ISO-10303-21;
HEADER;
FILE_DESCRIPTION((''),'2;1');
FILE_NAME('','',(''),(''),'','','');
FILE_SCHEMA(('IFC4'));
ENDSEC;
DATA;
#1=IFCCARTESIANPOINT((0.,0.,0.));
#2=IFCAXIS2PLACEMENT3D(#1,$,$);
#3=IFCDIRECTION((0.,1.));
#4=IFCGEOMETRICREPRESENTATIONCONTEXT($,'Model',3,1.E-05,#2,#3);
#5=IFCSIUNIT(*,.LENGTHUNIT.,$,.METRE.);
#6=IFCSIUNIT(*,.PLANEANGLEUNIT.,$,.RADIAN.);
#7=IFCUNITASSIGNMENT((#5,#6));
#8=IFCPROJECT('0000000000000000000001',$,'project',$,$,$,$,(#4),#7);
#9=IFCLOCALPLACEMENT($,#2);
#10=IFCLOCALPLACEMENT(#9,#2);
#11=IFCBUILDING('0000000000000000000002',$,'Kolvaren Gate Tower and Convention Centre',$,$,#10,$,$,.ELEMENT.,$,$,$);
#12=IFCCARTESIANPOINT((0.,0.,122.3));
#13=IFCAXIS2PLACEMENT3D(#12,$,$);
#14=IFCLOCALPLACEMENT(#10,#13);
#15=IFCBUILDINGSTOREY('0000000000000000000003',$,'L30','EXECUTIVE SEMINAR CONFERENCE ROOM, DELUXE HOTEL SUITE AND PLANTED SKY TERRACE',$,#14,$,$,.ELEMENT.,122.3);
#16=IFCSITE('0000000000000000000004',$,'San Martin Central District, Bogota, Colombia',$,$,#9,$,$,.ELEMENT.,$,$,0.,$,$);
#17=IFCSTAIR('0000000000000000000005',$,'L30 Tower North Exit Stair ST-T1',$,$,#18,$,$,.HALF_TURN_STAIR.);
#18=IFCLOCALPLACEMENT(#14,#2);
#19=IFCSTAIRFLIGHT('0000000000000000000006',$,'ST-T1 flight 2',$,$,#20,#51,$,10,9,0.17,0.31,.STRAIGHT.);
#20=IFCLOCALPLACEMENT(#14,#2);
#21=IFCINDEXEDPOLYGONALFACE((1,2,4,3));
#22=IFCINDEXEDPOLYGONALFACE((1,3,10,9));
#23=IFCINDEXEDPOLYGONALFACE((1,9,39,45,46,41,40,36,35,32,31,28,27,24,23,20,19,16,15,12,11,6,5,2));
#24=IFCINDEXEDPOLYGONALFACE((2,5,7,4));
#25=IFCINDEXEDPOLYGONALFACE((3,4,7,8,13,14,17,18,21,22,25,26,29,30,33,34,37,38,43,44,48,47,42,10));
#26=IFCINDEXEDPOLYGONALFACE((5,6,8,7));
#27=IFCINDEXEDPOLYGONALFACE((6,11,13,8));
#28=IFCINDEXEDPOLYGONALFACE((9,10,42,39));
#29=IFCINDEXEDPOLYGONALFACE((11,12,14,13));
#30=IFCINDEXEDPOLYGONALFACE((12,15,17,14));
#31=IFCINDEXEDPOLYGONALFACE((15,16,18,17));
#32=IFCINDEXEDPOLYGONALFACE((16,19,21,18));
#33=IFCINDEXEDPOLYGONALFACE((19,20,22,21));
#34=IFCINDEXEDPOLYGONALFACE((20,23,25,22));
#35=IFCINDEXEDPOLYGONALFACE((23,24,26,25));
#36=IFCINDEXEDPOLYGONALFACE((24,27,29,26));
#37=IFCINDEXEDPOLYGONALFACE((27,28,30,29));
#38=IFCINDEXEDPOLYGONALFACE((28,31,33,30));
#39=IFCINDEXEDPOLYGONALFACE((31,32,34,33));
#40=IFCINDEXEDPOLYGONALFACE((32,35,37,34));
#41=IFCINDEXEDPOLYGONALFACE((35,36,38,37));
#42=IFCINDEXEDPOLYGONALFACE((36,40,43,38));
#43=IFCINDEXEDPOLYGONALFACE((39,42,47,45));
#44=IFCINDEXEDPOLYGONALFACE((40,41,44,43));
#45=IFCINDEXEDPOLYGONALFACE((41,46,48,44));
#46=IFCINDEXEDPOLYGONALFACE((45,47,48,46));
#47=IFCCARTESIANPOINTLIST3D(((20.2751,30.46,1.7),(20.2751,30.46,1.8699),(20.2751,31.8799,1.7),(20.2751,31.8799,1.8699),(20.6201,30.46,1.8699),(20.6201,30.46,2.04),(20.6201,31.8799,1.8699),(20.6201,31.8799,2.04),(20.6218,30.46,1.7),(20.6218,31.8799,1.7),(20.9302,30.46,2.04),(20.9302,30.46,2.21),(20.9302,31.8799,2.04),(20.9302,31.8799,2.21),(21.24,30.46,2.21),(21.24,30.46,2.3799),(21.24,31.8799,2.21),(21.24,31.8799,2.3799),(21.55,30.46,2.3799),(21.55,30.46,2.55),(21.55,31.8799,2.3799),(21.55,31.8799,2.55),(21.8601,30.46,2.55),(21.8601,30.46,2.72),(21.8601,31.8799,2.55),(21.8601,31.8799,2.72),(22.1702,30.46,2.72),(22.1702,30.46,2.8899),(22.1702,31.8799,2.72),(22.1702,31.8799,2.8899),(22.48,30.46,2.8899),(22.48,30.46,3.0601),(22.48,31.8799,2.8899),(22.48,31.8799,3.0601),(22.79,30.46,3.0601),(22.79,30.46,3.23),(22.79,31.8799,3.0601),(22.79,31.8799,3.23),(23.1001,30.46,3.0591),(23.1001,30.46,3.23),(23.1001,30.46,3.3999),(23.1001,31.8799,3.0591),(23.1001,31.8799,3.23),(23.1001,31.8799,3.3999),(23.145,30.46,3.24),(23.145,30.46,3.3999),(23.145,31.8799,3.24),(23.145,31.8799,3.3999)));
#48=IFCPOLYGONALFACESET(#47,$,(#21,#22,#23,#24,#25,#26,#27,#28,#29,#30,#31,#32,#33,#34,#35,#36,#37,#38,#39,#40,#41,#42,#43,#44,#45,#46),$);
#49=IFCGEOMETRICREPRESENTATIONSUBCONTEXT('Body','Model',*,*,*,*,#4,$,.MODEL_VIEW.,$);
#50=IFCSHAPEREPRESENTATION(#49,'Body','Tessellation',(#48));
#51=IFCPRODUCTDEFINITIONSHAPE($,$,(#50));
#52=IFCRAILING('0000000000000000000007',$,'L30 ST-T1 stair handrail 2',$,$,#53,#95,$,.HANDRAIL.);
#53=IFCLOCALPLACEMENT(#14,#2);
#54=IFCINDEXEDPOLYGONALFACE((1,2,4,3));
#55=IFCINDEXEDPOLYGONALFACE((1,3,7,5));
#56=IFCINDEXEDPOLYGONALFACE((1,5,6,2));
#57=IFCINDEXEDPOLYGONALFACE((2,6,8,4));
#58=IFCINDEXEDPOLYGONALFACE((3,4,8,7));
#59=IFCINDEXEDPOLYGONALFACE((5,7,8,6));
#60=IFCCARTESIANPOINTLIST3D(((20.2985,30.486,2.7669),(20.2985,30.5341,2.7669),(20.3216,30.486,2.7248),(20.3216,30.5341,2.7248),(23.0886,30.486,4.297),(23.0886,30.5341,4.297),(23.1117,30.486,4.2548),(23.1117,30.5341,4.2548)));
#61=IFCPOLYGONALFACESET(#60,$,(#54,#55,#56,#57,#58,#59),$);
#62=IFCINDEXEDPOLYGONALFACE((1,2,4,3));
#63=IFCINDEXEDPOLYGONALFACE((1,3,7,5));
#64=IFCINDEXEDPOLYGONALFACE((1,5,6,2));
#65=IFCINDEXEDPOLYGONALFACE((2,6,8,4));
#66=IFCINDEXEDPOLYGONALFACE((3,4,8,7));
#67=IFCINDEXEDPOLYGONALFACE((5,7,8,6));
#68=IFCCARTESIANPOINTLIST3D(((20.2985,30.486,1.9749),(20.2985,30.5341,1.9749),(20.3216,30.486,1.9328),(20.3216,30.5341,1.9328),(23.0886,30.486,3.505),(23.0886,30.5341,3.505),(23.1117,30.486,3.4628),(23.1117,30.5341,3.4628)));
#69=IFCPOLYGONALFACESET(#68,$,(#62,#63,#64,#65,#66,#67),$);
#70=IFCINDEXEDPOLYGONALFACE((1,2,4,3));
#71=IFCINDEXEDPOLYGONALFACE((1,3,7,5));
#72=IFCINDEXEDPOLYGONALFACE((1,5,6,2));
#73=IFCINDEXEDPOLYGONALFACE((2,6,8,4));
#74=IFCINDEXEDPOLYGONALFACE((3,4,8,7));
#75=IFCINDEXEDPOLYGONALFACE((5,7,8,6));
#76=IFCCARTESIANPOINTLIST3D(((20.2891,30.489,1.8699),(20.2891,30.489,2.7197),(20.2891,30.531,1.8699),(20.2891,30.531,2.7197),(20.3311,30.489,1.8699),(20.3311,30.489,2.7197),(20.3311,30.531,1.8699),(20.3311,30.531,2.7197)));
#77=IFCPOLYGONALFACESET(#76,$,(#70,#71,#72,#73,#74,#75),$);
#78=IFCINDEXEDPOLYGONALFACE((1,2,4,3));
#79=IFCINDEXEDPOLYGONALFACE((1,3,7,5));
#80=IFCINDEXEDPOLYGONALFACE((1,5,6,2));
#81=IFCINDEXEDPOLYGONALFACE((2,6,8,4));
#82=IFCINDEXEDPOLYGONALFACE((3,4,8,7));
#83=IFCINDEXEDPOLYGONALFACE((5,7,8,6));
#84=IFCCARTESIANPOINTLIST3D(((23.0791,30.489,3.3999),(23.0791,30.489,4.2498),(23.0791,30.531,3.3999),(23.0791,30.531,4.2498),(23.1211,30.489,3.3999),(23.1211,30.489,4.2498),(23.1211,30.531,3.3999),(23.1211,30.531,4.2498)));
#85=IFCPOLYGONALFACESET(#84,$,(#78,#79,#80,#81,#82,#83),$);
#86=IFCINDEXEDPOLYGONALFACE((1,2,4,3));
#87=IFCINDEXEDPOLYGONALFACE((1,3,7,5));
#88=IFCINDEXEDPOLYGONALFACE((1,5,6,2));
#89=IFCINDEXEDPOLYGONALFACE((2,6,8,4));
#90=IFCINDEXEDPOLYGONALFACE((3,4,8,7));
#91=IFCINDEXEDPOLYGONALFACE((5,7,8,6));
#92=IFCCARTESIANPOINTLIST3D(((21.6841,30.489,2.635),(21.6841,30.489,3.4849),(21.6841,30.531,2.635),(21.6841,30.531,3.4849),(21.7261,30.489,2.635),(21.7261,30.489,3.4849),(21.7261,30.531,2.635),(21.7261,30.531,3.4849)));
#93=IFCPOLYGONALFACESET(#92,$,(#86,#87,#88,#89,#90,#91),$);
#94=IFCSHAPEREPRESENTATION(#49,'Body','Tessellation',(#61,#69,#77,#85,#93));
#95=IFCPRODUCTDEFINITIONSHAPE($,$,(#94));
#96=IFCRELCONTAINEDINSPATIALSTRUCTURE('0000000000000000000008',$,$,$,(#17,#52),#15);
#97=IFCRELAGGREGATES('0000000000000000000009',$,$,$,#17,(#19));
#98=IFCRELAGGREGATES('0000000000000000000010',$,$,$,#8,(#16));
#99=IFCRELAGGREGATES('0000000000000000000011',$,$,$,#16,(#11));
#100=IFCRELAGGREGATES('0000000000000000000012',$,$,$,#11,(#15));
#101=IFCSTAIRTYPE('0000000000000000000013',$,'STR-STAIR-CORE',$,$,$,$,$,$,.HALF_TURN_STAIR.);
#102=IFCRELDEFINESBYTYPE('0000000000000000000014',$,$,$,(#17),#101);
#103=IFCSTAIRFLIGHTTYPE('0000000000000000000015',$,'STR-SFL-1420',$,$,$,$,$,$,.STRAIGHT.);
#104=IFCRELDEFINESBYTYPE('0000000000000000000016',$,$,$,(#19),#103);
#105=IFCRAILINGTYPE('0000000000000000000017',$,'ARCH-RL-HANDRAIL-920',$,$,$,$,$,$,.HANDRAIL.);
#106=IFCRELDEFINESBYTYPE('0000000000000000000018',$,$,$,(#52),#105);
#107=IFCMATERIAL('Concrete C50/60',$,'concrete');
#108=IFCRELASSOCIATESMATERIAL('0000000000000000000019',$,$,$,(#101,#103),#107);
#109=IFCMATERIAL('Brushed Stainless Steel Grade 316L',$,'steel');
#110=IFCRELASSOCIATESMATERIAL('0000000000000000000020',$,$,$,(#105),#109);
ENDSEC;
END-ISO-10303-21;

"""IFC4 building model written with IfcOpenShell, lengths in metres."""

from ifc_helpers import new_model, si_unit, direction, frame, origin, origin_2d, place, context, subcontext, project, spatial, polyline, rectangle, outline, extrude, material, type_object, element, aggregate, save


model = new_model("IFC4")

# Units and contexts
model_context = context("Model", 3, precision=1e-05, world=origin(), true_north=direction((0.0, 1.0)))
body_context = subcontext(model_context, "Body", "Model", "MODEL_VIEW")
ifc_project = project(units=[si_unit("LENGTHUNIT", "METRE"), si_unit("PLANEANGLEUNIT", "RADIAN")], contexts=[model_context])

# Site, building, storey
site_placement = place(None, origin())
site = spatial("IfcSite", under=ifc_project, at=site_placement, Name="San Martin Central District, Bogota, Colombia", CompositionType="ELEMENT", RefElevation=0.0)
building_placement = place(site_placement, origin())
building = spatial("IfcBuilding", under=site, at=building_placement, Name="Kolvaren Gate Tower and Convention Centre", CompositionType="ELEMENT")
storey_placement = place(building_placement, frame((0.0, 0.0, 122.3)))
storey = spatial("IfcBuildingStorey", under=building, at=storey_placement, Name="L30", Description="EXECUTIVE SEMINAR CONFERENCE ROOM, DELUXE HOTEL SUITE AND PLANTED SKY TERRACE", CompositionType="ELEMENT", Elevation=122.3)

# Shared definitions
ifc_material_1 = material(Name="Concrete C50/60", Category="concrete")

# Stair, stair flight
stair_type = type_object("IfcStairType", Name="STR-STAIR-CORE", PredefinedType="HALF_TURN_STAIR", material=ifc_material_1)
stair_placement = place(storey_placement, origin())
stair = element("IfcStair", 1, at=stair_placement, inside=storey, type_object=stair_type, Name="L30 Tower North Exit Stair ST-T1", PredefinedType="HALF_TURN_STAIR")
stair_flight_type = type_object("IfcStairFlightType", Name="STR-SFL-1420", PredefinedType="STRAIGHT", material=ifc_material_1)
stair_flight_placement = place(storey_placement, frame((20.3101, 31.1699, 1.7), z_axis=(0.0, 0.0, 1.0), x_axis=(1.0, 0.0, 0.0)))
stair_flight = element("IfcStairFlight", 2, at=stair_flight_placement, type_object=stair_flight_type, Name="ST-T1 flight 2", NumberOfRisers=10, NumberOfTreads=9, PredefinedType="STRAIGHT", RiserHeight=0.17, TreadLength=0.31, context=body_context, shape_type="SweptSolid", body=[
    extrude(outline(polyline([(-0.0349, 0.0), (-0.0349, 0.1699), (0.3101, 0.1699), (0.3101, 0.3401), (0.6201, 0.3401), (0.6201, 0.51), (0.9299, 0.51), (0.9299, 0.6799), (1.24, 0.6799), (1.24, 0.8501), (1.55, 0.8501), (1.55, 1.02), (1.8601, 1.02), (1.8601, 1.1899), (2.1699, 1.1899), (2.1699, 1.3601), (2.48, 1.3601), (2.48, 1.53), (2.79, 1.53), (2.79, 1.7), (2.835, 1.7), (2.835, 1.54), (2.79, 1.3591), (0.3118, 0.0), (-0.0349, 0.0)])), frame((0.0, 0.71, 0.0), z_axis=(0.0, -1.0, 0.0), x_axis=(1.0, 0.0, 0.0)), (0.0, 0.0, 1.0), 1.4199),
])
aggregate(stair, [stair_flight])

# Railing
ifc_material_2 = material(Name="Brushed Stainless Steel Grade 316L", Category="steel")
railing_type = type_object("IfcRailingType", Name="ARCH-RL-HANDRAIL-920", PredefinedType="HANDRAIL", material=ifc_material_2)
railing_placement = place(storey_placement, frame((20.3101, 30.51, 1.8699)))
element("IfcRailing", 3, at=railing_placement, inside=storey, type_object=railing_type, Name="L30 ST-T1 stair handrail 2", PredefinedType="HANDRAIL", context=body_context, shape_type="SweptSolid", body=[
    extrude(rectangle(XDim=0.0481, YDim=0.0481, at=origin_2d()), frame((0.0, 0.0, 0.876), z_axis=(0.876811, 0.0, 0.480835), x_axis=(0.0, 1.0, 0.0)), (0.0, 0.0, 1.0), 3.1821),
    extrude(rectangle(XDim=0.0481, YDim=0.0481, at=origin_2d()), frame((0.0, 0.0, 0.084), z_axis=(0.876811, 0.0, 0.480835), x_axis=(0.0, 1.0, 0.0)), (0.0, 0.0, 1.0), 3.1821),
    extrude(rectangle(XDim=0.042, YDim=0.042, at=origin_2d()), origin(), (0.0, 0.0, 1.0), 0.8499),
    extrude(rectangle(XDim=0.042, YDim=0.042, at=origin_2d()), frame((2.79, 0.0, 1.53)), (0.0, 0.0, 1.0), 0.8499),
    extrude(rectangle(XDim=0.042, YDim=0.042, at=origin_2d()), frame((1.395, 0.0, 0.7651)), (0.0, 0.0, 1.0), 0.8499),
])

save(model, "model.ifc")
